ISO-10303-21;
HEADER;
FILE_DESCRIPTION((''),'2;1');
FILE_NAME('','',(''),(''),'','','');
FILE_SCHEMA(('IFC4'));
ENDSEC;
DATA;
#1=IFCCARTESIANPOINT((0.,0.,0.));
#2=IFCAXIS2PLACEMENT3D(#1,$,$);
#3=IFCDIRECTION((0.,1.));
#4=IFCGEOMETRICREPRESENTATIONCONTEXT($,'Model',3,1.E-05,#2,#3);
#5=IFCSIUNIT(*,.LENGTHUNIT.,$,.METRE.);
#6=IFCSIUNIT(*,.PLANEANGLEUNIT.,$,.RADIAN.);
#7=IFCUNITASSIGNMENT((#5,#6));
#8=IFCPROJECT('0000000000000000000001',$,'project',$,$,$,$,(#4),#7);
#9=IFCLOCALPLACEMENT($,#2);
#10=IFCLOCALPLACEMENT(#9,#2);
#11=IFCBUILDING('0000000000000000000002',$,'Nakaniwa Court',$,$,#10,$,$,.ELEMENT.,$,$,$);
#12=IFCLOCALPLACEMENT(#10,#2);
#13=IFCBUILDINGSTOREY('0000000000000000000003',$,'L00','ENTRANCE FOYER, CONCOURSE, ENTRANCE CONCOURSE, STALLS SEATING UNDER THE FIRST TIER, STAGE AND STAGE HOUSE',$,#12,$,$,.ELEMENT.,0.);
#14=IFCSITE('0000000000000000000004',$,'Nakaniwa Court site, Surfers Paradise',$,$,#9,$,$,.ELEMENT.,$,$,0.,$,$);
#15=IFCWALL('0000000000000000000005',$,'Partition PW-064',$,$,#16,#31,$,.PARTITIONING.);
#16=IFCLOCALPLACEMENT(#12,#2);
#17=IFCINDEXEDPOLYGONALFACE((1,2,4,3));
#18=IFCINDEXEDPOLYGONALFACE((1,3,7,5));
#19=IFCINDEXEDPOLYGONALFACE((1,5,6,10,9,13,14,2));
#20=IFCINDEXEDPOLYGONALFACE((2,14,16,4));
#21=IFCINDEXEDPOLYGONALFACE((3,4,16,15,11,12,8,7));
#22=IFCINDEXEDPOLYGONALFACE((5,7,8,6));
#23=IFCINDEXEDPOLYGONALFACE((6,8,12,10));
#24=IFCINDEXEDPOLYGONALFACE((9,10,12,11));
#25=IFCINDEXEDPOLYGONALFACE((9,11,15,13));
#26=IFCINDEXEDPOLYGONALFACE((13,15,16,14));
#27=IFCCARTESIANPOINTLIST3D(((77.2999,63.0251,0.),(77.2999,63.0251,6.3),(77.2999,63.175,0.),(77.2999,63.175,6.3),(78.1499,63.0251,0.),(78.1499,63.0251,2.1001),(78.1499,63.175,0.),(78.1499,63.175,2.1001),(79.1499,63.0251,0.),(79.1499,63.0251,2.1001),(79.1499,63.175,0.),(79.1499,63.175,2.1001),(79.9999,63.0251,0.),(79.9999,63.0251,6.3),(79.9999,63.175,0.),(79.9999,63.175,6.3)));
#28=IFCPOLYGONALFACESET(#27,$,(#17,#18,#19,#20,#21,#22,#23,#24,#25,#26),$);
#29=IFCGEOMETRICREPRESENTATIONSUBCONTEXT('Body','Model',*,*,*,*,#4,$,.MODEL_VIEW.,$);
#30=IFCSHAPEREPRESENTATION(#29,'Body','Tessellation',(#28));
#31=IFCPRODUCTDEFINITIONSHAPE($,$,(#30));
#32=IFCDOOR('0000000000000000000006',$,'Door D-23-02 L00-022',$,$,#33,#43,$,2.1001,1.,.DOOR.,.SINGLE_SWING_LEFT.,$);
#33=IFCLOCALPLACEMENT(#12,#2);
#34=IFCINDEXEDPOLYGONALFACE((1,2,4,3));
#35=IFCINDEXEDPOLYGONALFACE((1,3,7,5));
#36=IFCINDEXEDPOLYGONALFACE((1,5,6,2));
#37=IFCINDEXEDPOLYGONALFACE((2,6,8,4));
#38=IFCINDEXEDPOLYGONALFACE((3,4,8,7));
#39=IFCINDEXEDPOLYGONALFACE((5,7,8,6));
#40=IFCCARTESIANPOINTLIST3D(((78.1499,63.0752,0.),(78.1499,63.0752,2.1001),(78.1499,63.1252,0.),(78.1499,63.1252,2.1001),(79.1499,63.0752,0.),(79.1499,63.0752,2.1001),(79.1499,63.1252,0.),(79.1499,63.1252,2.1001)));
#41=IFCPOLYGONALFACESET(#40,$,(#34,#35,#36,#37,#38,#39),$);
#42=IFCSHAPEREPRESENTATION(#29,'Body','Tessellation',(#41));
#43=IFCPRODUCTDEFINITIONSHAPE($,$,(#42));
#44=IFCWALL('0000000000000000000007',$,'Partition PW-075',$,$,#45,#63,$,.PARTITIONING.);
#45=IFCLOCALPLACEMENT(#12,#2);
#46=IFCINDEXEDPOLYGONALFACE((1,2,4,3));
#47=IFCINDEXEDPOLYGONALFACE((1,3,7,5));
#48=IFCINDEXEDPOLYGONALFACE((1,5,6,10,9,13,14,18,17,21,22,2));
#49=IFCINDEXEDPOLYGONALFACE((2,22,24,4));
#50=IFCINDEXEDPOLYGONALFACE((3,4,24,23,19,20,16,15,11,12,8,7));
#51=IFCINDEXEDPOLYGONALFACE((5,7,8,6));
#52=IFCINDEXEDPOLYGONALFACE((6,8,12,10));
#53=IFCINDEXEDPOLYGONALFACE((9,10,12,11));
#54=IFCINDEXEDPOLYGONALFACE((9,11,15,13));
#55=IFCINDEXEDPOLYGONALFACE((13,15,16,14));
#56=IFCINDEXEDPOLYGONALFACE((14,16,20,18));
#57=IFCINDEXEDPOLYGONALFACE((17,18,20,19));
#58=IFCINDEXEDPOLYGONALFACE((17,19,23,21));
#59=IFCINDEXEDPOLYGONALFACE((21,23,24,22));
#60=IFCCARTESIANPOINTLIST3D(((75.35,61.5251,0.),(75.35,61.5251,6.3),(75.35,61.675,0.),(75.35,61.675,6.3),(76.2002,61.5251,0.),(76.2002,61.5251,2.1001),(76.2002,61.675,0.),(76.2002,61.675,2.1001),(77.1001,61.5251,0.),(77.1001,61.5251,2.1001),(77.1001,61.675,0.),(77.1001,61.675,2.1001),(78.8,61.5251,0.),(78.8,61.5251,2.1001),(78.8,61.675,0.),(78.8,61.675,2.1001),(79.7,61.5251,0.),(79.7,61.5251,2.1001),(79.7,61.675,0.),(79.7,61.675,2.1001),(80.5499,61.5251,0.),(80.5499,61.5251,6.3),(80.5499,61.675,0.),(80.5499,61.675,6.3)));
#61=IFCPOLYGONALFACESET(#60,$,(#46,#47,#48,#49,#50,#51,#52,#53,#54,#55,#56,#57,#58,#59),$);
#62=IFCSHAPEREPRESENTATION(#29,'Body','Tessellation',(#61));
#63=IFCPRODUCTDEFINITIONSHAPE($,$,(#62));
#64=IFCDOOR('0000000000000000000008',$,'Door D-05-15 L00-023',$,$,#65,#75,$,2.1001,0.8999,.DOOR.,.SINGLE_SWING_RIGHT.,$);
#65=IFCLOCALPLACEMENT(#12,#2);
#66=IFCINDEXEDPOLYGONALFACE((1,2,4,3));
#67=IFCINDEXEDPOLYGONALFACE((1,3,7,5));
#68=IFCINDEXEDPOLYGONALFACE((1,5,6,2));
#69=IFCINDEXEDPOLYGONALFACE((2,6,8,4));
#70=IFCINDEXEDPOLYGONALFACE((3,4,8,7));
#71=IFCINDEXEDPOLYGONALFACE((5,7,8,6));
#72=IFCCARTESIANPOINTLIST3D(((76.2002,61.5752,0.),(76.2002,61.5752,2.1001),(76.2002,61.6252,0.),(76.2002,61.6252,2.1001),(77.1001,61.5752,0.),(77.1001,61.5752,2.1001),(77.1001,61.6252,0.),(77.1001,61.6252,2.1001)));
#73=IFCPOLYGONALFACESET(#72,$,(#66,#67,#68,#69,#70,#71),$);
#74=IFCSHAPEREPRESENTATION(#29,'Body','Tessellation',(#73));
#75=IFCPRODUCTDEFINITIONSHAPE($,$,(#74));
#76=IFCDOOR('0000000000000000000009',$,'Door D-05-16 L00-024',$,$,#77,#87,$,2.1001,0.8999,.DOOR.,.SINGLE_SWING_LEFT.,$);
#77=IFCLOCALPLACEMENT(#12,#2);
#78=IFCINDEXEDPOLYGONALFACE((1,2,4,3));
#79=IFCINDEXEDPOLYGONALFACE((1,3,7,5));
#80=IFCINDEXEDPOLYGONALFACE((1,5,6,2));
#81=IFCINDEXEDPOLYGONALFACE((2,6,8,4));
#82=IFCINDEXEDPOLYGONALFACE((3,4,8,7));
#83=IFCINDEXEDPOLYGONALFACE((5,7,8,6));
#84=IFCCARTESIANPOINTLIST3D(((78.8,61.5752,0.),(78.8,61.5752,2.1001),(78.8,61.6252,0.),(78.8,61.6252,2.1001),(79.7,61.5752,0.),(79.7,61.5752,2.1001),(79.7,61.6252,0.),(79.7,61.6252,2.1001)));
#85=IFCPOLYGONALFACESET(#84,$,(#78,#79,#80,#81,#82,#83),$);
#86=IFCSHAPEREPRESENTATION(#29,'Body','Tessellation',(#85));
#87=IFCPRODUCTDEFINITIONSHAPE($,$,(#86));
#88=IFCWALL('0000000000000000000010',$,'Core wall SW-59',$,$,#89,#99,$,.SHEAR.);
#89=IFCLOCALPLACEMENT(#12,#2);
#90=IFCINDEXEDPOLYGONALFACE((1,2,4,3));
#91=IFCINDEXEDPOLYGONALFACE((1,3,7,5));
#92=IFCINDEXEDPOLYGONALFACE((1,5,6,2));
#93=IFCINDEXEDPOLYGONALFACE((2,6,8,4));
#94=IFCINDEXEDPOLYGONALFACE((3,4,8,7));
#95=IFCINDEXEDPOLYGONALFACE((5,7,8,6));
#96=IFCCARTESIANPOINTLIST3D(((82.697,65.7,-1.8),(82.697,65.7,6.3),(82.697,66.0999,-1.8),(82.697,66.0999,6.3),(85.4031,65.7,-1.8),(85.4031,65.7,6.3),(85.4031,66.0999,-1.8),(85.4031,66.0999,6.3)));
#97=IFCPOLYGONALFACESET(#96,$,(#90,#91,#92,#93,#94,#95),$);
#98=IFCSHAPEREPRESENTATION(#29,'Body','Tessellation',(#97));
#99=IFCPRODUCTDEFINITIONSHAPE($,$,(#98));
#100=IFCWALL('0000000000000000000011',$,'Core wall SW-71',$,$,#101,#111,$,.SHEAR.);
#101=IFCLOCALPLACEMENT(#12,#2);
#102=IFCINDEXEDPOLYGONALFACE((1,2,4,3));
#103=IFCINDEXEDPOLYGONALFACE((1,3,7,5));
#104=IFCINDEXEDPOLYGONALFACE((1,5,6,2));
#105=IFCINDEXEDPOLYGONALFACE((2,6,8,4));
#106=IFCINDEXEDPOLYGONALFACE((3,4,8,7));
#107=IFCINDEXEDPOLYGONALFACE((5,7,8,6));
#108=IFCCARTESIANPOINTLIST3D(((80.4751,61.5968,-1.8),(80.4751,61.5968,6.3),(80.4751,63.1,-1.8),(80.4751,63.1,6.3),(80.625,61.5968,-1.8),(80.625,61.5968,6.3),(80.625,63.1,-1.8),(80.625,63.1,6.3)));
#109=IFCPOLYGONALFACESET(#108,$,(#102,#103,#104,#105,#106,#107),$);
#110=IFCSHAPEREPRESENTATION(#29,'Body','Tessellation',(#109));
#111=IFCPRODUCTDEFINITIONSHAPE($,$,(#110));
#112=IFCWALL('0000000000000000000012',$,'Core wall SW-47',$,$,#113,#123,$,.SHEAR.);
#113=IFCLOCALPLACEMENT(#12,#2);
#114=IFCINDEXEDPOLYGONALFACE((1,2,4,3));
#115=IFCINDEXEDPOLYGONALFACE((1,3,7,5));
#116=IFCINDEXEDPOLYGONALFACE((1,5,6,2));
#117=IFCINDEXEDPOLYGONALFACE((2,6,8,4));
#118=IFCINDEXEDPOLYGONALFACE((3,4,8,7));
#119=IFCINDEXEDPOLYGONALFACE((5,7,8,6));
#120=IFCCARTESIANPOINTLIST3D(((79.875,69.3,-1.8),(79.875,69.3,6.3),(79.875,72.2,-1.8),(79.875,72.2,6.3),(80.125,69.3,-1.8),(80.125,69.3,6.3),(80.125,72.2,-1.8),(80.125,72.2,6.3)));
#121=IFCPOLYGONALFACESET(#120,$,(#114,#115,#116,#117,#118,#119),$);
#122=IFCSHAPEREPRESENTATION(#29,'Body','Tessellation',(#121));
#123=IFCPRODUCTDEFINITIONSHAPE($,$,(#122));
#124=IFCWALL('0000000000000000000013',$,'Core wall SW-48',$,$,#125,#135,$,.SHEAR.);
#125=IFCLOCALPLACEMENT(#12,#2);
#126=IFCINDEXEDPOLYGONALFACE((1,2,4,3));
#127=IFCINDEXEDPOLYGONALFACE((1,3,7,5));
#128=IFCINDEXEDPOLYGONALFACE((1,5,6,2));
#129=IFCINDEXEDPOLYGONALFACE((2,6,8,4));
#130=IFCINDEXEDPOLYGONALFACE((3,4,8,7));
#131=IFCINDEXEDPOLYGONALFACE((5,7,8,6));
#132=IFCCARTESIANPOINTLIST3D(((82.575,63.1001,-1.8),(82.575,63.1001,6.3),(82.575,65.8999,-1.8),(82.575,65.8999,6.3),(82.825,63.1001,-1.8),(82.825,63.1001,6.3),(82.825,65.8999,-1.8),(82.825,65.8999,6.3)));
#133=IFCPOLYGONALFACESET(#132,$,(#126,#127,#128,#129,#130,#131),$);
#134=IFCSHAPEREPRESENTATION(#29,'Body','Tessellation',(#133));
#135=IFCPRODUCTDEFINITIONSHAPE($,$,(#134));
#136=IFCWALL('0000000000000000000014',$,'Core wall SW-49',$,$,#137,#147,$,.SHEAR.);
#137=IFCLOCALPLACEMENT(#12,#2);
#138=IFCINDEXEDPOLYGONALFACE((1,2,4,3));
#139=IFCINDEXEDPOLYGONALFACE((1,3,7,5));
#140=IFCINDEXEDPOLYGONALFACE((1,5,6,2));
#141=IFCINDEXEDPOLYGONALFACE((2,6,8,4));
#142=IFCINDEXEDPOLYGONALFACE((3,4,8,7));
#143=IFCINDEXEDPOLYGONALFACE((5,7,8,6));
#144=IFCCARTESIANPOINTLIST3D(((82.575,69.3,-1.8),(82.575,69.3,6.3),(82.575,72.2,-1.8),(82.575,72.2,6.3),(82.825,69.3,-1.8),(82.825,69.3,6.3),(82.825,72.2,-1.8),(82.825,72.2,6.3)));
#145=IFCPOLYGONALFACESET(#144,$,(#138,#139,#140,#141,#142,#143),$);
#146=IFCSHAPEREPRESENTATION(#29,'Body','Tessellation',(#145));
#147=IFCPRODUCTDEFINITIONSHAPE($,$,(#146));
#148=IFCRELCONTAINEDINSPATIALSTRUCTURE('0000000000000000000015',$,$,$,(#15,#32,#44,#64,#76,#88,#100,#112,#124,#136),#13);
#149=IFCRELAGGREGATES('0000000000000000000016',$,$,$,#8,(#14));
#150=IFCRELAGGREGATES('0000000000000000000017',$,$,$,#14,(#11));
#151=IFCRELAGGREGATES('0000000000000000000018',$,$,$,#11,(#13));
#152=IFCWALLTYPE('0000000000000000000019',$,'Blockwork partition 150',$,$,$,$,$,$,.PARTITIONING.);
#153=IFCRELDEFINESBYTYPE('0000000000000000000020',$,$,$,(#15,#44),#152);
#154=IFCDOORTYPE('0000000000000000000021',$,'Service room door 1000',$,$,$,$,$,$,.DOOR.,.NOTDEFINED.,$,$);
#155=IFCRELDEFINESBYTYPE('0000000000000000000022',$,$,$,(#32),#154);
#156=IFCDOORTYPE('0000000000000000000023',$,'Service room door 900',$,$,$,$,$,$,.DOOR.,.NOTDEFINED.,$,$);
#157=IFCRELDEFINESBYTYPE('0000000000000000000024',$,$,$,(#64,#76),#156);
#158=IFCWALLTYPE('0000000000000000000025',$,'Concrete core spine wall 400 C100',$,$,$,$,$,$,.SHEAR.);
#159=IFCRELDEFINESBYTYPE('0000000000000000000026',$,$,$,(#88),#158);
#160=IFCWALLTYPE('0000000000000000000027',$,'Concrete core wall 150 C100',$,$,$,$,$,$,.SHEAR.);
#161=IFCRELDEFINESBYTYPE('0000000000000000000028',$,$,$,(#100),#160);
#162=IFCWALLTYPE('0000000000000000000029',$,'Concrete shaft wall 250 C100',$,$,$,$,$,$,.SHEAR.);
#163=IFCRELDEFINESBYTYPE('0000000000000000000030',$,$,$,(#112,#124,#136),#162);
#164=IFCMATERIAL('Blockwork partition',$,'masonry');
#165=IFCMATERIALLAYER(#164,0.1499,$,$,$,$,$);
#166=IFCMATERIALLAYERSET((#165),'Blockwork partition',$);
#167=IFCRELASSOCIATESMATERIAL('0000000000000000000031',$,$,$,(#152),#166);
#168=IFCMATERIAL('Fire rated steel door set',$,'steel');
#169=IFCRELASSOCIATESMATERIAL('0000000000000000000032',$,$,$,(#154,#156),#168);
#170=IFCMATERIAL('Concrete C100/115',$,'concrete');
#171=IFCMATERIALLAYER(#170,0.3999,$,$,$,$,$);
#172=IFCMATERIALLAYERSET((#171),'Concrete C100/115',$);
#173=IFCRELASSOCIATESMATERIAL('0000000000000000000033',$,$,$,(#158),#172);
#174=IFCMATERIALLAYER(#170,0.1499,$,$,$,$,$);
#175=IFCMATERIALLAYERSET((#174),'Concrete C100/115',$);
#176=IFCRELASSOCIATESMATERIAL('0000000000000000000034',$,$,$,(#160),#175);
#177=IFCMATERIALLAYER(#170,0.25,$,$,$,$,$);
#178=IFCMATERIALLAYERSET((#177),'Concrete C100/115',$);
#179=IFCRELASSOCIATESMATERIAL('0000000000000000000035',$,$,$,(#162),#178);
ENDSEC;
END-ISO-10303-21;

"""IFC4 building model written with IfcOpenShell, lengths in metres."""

from ifc_helpers import new_model, si_unit, direction, frame, frame_2d, origin, place, context, subcontext, project, spatial, rectangle, extrude, material, layer, layer_set, type_object, element, fill, save


model = new_model("IFC4")

# Units and contexts
model_context = context("Model", 3, precision=1e-05, world=origin(), true_north=direction((0.0, 1.0)))
body_context = subcontext(model_context, "Body", "Model", "MODEL_VIEW")
ifc_project = project(units=[si_unit("LENGTHUNIT", "METRE"), si_unit("PLANEANGLEUNIT", "RADIAN")], contexts=[model_context])

# Site, building, storey
site_placement = place(None, origin())
site = spatial("IfcSite", under=ifc_project, at=site_placement, Name="Nakaniwa Court site, Surfers Paradise", CompositionType="ELEMENT", RefElevation=0.0)
building_placement = place(site_placement, origin())
building = spatial("IfcBuilding", under=site, at=building_placement, Name="Nakaniwa Court", CompositionType="ELEMENT")
storey_placement = place(building_placement, origin())
storey = spatial("IfcBuildingStorey", under=building, at=storey_placement, Name="L00", Description="ENTRANCE FOYER, CONCOURSE, ENTRANCE CONCOURSE, STALLS SEATING UNDER THE FIRST TIER, STAGE AND STAGE HOUSE", CompositionType="ELEMENT", Elevation=0.0)

# Wall, opening, door
ifc_material_1 = material(Name="Blockwork partition", Category="masonry")
ifc_layer_1 = layer(ifc_material_1, 0.1499)
ifc_layer_set_1 = layer_set([ifc_layer_1], Name="Blockwork partition")
wall_type_1 = type_object("IfcWallType", Name="Blockwork partition 150", PredefinedType="PARTITIONING", material=ifc_layer_set_1)
wall_1_placement = place(storey_placement, frame((80.0, 63.1001, 0.0), z_axis=(0.0, 0.0, 1.0), x_axis=(-1.0, 0.0, 0.0)))
wall_1 = element("IfcWall", 1, at=wall_1_placement, inside=storey, type_object=wall_type_1, Name="Partition PW-064", PredefinedType="PARTITIONING", context=body_context, shape_type="SweptSolid", body=[
    extrude(rectangle(XDim=2.7, YDim=0.1499, at=frame_2d((1.3501, 0.0))), origin(), (0.0, 0.0, 1.0), 6.3),
])
opening_1_placement = place(wall_1_placement, frame((0.8501, 0.0, 0.0)))
opening_1 = element("IfcOpeningElement", 2, at=opening_1_placement, cuts=wall_1, PredefinedType="OPENING", context=body_context, shape_type="SweptSolid", body=[
    extrude(rectangle(XDim=1.0, YDim=2.1001, at=frame_2d((0.5, 1.05))), frame((0.0, 0.085, 0.0), z_axis=(0.0, -1.0, 0.0), x_axis=(1.0, 0.0, 0.0)), (0.0, 0.0, 1.0), 0.1699),
])
ifc_material_2 = material(Name="Fire rated steel door set", Category="steel")
door_type_1 = type_object("IfcDoorType", Name="Service room door 1000", OperationType="NOTDEFINED", PredefinedType="DOOR", material=ifc_material_2)
door_1_placement = place(opening_1_placement, origin())
door_1 = element("IfcDoor", 3, at=door_1_placement, inside=storey, type_object=door_type_1, Name="Door D-23-02 L00-022", OperationType="SINGLE_SWING_LEFT", OverallHeight=2.1001, OverallWidth=1.0, PredefinedType="DOOR", context=body_context, shape_type="SweptSolid", body=[
    extrude(rectangle(XDim=1.0, YDim=2.1001, at=frame_2d((0.5, 1.05))), frame((0.0, 0.0249, 0.0), z_axis=(0.0, -1.0, 0.0), x_axis=(1.0, 0.0, 0.0)), (0.0, 0.0, 1.0), 0.05),
])
fill(opening_1, door_1)

# Wall, openings, doors
wall_2_placement = place(storey_placement, frame((80.55, 61.6001, 0.0), z_axis=(0.0, 0.0, 1.0), x_axis=(-1.0, 0.0, 0.0)))
wall_2 = element("IfcWall", 4, at=wall_2_placement, inside=storey, type_object=wall_type_1, Name="Partition PW-075", PredefinedType="PARTITIONING", context=body_context, shape_type="SweptSolid", body=[
    extrude(rectangle(XDim=5.2, YDim=0.1499, at=frame_2d((2.6001, 0.0))), origin(), (0.0, 0.0, 1.0), 6.3),
])
opening_2_placement = place(wall_2_placement, frame((3.45, 0.0, 0.0)))
opening_2 = element("IfcOpeningElement", 5, at=opening_2_placement, cuts=wall_2, PredefinedType="OPENING", context=body_context, shape_type="SweptSolid", body=[
    extrude(rectangle(XDim=0.8999, YDim=2.1001, at=frame_2d((0.45, 1.05))), frame((0.0, 0.085, 0.0), z_axis=(0.0, -1.0, 0.0), x_axis=(1.0, 0.0, 0.0)), (0.0, 0.0, 1.0), 0.1699),
])
opening_3_placement = place(wall_2_placement, frame((0.8501, 0.0, 0.0)))
opening_3 = element("IfcOpeningElement", 6, at=opening_3_placement, cuts=wall_2, PredefinedType="OPENING", context=body_context, shape_type="SweptSolid", body=[
    extrude(rectangle(XDim=0.8999, YDim=2.1001, at=frame_2d((0.45, 1.05))), frame((0.0, 0.085, 0.0), z_axis=(0.0, -1.0, 0.0), x_axis=(1.0, 0.0, 0.0)), (0.0, 0.0, 1.0), 0.1699),
])
door_type_2 = type_object("IfcDoorType", Name="Service room door 900", OperationType="NOTDEFINED", PredefinedType="DOOR", material=ifc_material_2)
door_2_placement = place(opening_2_placement, origin())
door_2 = element("IfcDoor", 7, at=door_2_placement, inside=storey, type_object=door_type_2, Name="Door D-05-15 L00-023", OperationType="SINGLE_SWING_RIGHT", OverallHeight=2.1001, OverallWidth=0.8999, PredefinedType="DOOR", context=body_context, shape_type="SweptSolid", body=[
    extrude(rectangle(XDim=0.8999, YDim=2.1001, at=frame_2d((0.45, 1.05))), frame((0.0, 0.0249, 0.0), z_axis=(0.0, -1.0, 0.0), x_axis=(1.0, 0.0, 0.0)), (0.0, 0.0, 1.0), 0.05),
])
fill(opening_2, door_2)
door_3_placement = place(opening_3_placement, origin())
door_3 = element("IfcDoor", 8, at=door_3_placement, inside=storey, type_object=door_type_2, Name="Door D-05-16 L00-024", OperationType="SINGLE_SWING_LEFT", OverallHeight=2.1001, OverallWidth=0.8999, PredefinedType="DOOR", context=body_context, shape_type="SweptSolid", body=[
    extrude(rectangle(XDim=0.8999, YDim=2.1001, at=frame_2d((0.45, 1.05))), frame((0.0, 0.0249, 0.0), z_axis=(0.0, -1.0, 0.0), x_axis=(1.0, 0.0, 0.0)), (0.0, 0.0, 1.0), 0.05),
])
fill(opening_3, door_3)

# Walls
ifc_material_3 = material(Name="Concrete C100/115", Category="concrete")
ifc_layer_2 = layer(ifc_material_3, 0.3999)
ifc_layer_set_2 = layer_set([ifc_layer_2], Name="Concrete C100/115")
wall_type_2 = type_object("IfcWallType", Name="Concrete core spine wall 400 C100", PredefinedType="SHEAR", material=ifc_layer_set_2)
wall_3_placement = place(storey_placement, frame((82.697, 65.8999, -1.8), z_axis=(0.0, 0.0, 1.0), x_axis=(1.0, 0.0, 0.0)))
element("IfcWall", 9, at=wall_3_placement, inside=storey, type_object=wall_type_2, Name="Core wall SW-59", PredefinedType="SHEAR", context=body_context, shape_type="SweptSolid", body=[
    extrude(rectangle(XDim=2.7061, YDim=0.3999, at=frame_2d((1.353, 0.0))), origin(), (0.0, 0.0, 1.0), 8.1001),
])
ifc_layer_3 = layer(ifc_material_3, 0.1499)
ifc_layer_set_3 = layer_set([ifc_layer_3], Name="Concrete C100/115")
wall_type_3 = type_object("IfcWallType", Name="Concrete core wall 150 C100", PredefinedType="SHEAR", material=ifc_layer_set_3)
wall_4_placement = place(storey_placement, frame((80.55, 61.5969, -1.8), z_axis=(0.0, 0.0, 1.0), x_axis=(0.0, 1.0, 0.0)))
element("IfcWall", 10, at=wall_4_placement, inside=storey, type_object=wall_type_3, Name="Core wall SW-71", PredefinedType="SHEAR", context=body_context, shape_type="SweptSolid", body=[
    extrude(rectangle(XDim=1.5032, YDim=0.1499, at=frame_2d((0.7515, 0.0))), origin(), (0.0, 0.0, 1.0), 8.1001),
])
ifc_layer_4 = layer(ifc_material_3, 0.25)
ifc_layer_set_4 = layer_set([ifc_layer_4], Name="Concrete C100/115")
wall_type_4 = type_object("IfcWallType", Name="Concrete shaft wall 250 C100", PredefinedType="SHEAR", material=ifc_layer_set_4)
wall_5_placement = place(storey_placement, frame((80.0, 69.3, -1.8), z_axis=(0.0, 0.0, 1.0), x_axis=(0.0, 1.0, 0.0)))
element("IfcWall", 11, at=wall_5_placement, inside=storey, type_object=wall_type_4, Name="Core wall SW-47", PredefinedType="SHEAR", context=body_context, shape_type="SweptSolid", body=[
    extrude(rectangle(XDim=2.8999, YDim=0.25, at=frame_2d((1.45, 0.0))), origin(), (0.0, 0.0, 1.0), 8.1001),
])
wall_6_placement = place(storey_placement, frame((82.7, 63.1001, -1.8), z_axis=(0.0, 0.0, 1.0), x_axis=(0.0, 1.0, 0.0)))
element("IfcWall", 12, at=wall_6_placement, inside=storey, type_object=wall_type_4, Name="Core wall SW-48", PredefinedType="SHEAR", context=body_context, shape_type="SweptSolid", body=[
    extrude(rectangle(XDim=2.7998, YDim=0.25, at=frame_2d((1.3999, 0.0))), origin(), (0.0, 0.0, 1.0), 8.1001),
])
wall_7_placement = place(storey_placement, frame((82.7, 69.3, -1.8), z_axis=(0.0, 0.0, 1.0), x_axis=(0.0, 1.0, 0.0)))
element("IfcWall", 13, at=wall_7_placement, inside=storey, type_object=wall_type_4, Name="Core wall SW-49", PredefinedType="SHEAR", context=body_context, shape_type="SweptSolid", body=[
    extrude(rectangle(XDim=2.8999, YDim=0.25, at=frame_2d((1.45, 0.0))), origin(), (0.0, 0.0, 1.0), 8.1001),
])

save(model, "model.ifc")
